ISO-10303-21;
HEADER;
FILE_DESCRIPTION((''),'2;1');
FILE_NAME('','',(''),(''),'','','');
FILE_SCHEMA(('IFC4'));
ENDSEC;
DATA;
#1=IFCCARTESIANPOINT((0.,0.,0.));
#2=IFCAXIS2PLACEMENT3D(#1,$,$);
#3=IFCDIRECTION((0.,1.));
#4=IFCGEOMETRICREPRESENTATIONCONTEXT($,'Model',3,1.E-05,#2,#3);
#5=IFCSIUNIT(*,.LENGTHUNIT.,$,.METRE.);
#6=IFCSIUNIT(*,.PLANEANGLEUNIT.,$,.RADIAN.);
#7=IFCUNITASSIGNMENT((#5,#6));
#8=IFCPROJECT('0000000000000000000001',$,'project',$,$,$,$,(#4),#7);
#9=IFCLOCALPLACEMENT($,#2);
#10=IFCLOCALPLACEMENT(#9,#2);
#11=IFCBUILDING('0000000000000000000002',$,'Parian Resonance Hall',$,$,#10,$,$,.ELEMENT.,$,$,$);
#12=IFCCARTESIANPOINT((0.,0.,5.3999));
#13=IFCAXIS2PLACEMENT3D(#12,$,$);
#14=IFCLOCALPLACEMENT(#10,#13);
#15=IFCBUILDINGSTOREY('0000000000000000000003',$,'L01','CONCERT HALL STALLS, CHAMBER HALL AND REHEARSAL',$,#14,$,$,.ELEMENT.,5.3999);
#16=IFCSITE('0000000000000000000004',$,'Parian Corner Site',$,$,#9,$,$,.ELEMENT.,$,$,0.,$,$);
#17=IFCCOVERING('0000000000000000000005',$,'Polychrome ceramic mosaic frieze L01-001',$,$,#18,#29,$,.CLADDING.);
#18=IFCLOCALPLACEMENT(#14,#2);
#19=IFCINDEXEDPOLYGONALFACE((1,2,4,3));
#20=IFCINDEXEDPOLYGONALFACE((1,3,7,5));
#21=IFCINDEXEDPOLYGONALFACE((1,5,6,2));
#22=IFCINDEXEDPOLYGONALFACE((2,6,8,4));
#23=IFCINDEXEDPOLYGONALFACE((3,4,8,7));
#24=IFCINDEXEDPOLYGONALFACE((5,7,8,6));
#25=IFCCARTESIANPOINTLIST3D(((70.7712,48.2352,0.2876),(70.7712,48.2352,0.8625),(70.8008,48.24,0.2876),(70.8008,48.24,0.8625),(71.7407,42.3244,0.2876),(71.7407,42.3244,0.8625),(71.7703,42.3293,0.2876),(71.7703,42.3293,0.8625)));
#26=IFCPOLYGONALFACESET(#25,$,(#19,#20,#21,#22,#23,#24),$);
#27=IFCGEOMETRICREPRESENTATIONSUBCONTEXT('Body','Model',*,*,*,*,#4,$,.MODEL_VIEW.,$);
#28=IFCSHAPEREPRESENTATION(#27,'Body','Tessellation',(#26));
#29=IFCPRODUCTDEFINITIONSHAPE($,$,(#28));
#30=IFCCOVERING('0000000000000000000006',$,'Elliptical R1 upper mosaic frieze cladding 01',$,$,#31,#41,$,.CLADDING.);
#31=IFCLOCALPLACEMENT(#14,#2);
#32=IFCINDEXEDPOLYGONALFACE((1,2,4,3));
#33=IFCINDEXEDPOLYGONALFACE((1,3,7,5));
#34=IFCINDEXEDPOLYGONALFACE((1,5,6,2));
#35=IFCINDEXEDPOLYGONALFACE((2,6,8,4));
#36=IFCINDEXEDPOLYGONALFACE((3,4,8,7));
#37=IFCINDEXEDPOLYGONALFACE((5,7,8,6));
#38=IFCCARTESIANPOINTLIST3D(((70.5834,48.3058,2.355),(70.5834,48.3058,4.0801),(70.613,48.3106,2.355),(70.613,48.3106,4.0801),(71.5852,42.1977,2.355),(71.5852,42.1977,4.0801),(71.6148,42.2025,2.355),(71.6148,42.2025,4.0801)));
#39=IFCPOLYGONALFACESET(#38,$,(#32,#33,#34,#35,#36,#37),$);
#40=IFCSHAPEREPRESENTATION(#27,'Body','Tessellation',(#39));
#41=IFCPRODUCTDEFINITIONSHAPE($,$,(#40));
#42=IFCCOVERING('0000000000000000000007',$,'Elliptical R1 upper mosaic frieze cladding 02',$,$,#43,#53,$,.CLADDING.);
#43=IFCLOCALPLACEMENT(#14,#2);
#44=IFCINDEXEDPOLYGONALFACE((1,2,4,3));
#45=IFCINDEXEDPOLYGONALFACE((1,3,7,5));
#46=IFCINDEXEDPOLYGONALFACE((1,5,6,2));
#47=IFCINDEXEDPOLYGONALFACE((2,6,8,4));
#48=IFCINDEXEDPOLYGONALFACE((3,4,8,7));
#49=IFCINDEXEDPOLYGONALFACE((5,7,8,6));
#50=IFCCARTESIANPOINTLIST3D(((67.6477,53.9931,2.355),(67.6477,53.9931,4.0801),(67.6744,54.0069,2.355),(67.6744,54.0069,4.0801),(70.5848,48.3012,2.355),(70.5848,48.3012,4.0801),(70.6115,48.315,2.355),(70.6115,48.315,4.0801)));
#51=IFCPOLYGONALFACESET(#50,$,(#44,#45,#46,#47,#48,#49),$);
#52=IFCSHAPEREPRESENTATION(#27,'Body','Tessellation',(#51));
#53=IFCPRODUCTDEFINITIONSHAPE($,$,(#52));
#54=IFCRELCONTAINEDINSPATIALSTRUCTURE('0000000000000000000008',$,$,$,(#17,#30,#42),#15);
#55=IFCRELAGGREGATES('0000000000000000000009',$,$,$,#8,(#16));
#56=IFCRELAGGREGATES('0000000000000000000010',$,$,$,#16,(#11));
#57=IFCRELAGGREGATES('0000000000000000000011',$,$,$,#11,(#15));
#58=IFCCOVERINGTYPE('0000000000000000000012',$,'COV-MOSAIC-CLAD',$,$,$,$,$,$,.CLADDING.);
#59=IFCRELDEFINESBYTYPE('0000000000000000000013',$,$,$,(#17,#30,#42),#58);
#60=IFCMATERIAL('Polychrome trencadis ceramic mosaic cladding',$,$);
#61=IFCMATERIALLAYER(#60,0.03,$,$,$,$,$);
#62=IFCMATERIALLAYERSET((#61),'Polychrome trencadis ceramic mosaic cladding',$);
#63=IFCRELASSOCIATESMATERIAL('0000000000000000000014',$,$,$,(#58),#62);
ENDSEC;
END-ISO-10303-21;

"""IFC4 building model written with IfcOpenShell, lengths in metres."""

from ifc_helpers import new_model, si_unit, direction, frame, origin, origin_2d, place, context, subcontext, project, spatial, rectangle, extrude, material, layer, layer_set, type_object, element, save


model = new_model("IFC4")

# Units and contexts
model_context = context("Model", 3, precision=1e-05, world=origin(), true_north=direction((0.0, 1.0)))
body_context = subcontext(model_context, "Body", "Model", "MODEL_VIEW")
ifc_project = project(units=[si_unit("LENGTHUNIT", "METRE"), si_unit("PLANEANGLEUNIT", "RADIAN")], contexts=[model_context])

# Site, building, storey
site_placement = place(None, origin())
site = spatial("IfcSite", under=ifc_project, at=site_placement, Name="Parian Corner Site", CompositionType="ELEMENT", RefElevation=0.0)
building_placement = place(site_placement, origin())
building = spatial("IfcBuilding", under=site, at=building_placement, Name="Parian Resonance Hall", CompositionType="ELEMENT")
storey_placement = place(building_placement, frame((0.0, 0.0, 5.3999)))
storey = spatial("IfcBuildingStorey", under=building, at=storey_placement, Name="L01", Description="CONCERT HALL STALLS, CHAMBER HALL AND REHEARSAL", CompositionType="ELEMENT", Elevation=5.3999)

# Coverings
ifc_material_1 = material(Name="Polychrome trencadis ceramic mosaic cladding")
ifc_layer_1 = layer(ifc_material_1, 0.03)
ifc_layer_set_1 = layer_set([ifc_layer_1], Name="Polychrome trencadis ceramic mosaic cladding")
covering_type = type_object("IfcCoveringType", Name="COV-MOSAIC-CLAD", PredefinedType="CLADDING", material=ifc_layer_set_1)
covering_1_placement = place(storey_placement, frame((71.2708, 45.2822, 0.2876), z_axis=(0.0, 0.0, 1.0), x_axis=(0.16185, -0.986815, 0.0)))
element("IfcCovering", 1, at=covering_1_placement, inside=storey, type_object=covering_type, Name="Polychrome ceramic mosaic frieze L01-001", PredefinedType="CLADDING", context=body_context, shape_type="SweptSolid", body=[
    extrude(rectangle(XDim=5.9897, YDim=0.03, at=origin_2d()), origin(), (0.0, 0.0, 1.0), 0.575),
])
covering_2_placement = place(storey_placement, frame((71.0991, 45.2542, 2.355), z_axis=(0.0, 0.0, 1.0), x_axis=(0.16185, -0.986815, 0.0)))
element("IfcCovering", 2, at=covering_2_placement, inside=storey, type_object=covering_type, Name="Elliptical R1 upper mosaic frieze cladding 01", PredefinedType="CLADDING", context=body_context, shape_type="SweptSolid", body=[
    extrude(rectangle(XDim=6.1897, YDim=0.03, at=origin_2d()), origin(), (0.0, 0.0, 1.0), 1.7251),
])
covering_3_placement = place(storey_placement, frame((69.1296, 51.1541, 2.355), z_axis=(0.0, 0.0, 1.0), x_axis=(0.458563, -0.888662, 0.0)))
element("IfcCovering", 3, at=covering_3_placement, inside=storey, type_object=covering_type, Name="Elliptical R1 upper mosaic frieze cladding 02", PredefinedType="CLADDING", context=body_context, shape_type="SweptSolid", body=[
    extrude(rectangle(XDim=6.405, YDim=0.03, at=origin_2d()), origin(), (0.0, 0.0, 1.0), 1.7251),
])

save(model, "model.ifc")
